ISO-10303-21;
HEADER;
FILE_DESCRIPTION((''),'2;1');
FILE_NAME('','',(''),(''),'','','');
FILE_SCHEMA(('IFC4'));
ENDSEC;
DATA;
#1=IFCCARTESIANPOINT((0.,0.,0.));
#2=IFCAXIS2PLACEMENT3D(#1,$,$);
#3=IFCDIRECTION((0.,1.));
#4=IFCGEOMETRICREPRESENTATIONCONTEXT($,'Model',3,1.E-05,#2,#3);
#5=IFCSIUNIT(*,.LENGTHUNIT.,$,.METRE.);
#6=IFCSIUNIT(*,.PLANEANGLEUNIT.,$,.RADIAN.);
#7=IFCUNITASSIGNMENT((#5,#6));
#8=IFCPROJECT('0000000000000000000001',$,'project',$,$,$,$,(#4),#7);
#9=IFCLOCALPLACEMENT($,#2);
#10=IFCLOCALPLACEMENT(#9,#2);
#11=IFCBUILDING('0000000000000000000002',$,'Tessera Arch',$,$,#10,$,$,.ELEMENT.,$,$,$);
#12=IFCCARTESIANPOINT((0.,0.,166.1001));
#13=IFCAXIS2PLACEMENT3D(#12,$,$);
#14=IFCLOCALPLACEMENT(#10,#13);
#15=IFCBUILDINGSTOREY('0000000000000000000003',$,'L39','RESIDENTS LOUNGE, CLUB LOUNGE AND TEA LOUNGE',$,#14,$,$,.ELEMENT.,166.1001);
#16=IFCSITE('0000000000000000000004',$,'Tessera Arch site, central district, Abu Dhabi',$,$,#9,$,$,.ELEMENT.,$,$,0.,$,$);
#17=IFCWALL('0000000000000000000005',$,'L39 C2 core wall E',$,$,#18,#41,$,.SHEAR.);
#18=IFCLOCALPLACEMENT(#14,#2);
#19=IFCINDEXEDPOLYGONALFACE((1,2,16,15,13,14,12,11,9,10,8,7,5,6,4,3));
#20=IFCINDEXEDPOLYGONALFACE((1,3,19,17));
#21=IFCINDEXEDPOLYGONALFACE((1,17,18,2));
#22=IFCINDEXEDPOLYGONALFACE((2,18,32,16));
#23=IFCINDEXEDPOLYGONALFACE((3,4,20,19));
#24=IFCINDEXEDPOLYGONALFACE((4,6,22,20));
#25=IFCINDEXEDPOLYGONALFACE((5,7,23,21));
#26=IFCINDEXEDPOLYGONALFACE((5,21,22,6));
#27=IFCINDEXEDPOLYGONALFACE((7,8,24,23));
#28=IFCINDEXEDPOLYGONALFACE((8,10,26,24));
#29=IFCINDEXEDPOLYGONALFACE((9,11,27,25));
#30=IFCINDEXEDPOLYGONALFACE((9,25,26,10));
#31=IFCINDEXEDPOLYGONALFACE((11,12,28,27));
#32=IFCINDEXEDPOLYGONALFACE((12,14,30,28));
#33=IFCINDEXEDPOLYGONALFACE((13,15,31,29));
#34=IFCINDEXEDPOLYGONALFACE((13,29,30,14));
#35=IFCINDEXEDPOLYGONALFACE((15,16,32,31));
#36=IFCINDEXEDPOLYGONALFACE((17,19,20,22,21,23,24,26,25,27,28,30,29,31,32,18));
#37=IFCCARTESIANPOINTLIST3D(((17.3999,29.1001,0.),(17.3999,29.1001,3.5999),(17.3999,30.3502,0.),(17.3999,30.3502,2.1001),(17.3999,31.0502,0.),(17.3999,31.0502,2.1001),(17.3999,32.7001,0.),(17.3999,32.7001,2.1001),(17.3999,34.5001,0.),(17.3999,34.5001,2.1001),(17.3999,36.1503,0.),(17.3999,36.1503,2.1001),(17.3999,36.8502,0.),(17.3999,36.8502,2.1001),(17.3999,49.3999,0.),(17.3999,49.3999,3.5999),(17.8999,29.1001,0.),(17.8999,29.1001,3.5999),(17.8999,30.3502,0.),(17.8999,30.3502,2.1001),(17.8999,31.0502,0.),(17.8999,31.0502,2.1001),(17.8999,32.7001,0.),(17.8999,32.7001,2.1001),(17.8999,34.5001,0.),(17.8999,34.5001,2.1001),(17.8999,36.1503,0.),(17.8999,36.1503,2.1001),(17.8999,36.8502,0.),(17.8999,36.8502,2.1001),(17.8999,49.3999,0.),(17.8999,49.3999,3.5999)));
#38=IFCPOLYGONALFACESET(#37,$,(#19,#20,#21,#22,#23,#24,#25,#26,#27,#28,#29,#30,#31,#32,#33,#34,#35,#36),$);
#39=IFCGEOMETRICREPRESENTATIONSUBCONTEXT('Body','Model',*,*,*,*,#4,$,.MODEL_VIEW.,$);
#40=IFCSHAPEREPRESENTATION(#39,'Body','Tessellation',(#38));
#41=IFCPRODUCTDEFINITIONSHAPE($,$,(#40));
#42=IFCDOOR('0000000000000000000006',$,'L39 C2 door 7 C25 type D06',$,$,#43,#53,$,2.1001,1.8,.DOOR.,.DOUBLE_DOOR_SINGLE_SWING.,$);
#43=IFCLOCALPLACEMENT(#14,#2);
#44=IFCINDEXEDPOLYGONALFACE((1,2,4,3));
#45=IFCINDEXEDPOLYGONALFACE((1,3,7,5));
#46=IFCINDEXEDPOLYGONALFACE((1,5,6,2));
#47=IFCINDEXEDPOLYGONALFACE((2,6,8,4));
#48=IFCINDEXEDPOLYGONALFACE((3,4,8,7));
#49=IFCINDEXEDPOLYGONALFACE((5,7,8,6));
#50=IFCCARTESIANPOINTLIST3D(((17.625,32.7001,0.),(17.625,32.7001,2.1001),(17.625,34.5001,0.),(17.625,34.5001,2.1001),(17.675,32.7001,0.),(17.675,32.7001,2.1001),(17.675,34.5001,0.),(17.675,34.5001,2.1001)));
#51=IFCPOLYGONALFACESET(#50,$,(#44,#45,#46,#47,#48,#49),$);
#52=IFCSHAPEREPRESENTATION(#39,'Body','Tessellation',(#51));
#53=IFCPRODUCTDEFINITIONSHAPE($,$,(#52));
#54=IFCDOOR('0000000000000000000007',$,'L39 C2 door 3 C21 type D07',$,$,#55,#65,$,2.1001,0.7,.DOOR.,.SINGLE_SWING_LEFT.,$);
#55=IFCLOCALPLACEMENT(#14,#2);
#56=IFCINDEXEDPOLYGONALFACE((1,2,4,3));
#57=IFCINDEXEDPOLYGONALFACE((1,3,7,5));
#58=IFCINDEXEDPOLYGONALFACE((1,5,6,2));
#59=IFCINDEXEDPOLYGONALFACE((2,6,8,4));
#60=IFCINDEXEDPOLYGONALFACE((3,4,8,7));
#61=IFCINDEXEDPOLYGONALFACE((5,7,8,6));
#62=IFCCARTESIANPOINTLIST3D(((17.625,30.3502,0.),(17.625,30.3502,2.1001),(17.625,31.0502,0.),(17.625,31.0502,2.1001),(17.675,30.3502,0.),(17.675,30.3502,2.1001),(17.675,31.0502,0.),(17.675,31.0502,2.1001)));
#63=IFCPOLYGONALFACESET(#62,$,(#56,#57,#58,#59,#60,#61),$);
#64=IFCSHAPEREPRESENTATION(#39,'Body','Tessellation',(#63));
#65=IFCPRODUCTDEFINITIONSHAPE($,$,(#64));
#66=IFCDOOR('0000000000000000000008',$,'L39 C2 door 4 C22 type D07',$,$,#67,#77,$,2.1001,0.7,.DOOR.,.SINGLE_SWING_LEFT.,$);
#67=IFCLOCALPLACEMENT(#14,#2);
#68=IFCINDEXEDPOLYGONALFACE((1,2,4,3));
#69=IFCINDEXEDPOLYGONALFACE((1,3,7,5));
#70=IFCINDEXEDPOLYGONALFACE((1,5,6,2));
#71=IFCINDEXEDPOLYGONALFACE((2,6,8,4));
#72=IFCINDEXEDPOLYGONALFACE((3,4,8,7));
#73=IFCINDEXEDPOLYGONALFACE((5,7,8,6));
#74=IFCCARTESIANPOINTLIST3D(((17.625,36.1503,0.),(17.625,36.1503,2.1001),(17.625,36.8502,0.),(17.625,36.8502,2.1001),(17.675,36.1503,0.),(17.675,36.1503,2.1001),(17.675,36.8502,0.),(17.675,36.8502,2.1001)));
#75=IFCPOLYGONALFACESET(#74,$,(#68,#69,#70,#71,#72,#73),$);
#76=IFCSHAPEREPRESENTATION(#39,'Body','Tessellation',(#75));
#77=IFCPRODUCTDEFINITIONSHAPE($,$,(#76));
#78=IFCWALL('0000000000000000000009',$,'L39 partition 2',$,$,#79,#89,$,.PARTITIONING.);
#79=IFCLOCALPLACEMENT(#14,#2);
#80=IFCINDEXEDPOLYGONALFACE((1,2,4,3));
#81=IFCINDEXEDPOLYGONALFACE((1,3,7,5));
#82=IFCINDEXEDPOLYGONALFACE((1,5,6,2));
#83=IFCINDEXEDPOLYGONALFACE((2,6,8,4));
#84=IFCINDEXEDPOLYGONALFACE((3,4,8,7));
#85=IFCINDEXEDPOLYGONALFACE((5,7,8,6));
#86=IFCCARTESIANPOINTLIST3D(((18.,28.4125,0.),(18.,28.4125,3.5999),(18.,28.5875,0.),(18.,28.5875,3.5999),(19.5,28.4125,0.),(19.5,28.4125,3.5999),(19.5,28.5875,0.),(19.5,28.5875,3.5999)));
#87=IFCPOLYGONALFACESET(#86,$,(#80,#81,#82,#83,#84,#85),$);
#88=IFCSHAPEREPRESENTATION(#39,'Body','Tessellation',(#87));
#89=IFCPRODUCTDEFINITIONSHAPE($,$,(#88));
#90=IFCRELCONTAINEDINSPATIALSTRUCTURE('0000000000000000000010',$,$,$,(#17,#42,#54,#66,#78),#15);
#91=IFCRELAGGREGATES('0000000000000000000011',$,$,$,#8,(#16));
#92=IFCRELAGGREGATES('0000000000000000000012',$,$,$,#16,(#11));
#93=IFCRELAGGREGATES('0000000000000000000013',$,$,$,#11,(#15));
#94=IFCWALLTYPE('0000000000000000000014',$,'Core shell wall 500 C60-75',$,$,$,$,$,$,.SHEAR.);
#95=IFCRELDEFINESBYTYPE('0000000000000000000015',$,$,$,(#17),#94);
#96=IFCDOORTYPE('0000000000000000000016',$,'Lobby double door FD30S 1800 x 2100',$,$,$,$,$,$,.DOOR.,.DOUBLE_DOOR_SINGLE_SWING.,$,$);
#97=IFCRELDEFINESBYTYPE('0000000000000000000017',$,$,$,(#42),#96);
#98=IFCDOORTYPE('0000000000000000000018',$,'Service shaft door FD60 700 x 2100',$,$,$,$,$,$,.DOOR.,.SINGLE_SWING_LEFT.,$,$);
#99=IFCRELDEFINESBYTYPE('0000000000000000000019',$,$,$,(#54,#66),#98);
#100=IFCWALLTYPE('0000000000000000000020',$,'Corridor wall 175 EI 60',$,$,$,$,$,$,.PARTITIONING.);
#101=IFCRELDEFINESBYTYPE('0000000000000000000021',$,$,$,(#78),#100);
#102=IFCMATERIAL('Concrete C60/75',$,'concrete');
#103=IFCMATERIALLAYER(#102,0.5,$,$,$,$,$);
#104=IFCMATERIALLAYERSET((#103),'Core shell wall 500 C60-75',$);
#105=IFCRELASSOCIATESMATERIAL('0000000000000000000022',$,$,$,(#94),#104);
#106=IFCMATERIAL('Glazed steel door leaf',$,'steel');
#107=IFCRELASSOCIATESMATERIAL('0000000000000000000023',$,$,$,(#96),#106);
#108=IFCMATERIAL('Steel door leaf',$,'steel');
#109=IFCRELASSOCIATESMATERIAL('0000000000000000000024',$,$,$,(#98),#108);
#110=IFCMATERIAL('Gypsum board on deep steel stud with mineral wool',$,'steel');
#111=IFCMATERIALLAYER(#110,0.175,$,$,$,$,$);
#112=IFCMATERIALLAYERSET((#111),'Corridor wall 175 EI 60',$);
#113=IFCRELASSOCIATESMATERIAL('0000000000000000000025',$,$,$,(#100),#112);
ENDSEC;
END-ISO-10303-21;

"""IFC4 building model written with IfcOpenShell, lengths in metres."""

from ifc_helpers import new_model, si_unit, direction, frame, frame_2d, origin, place, context, subcontext, project, spatial, rectangle, extrude, material, layer, layer_set, type_object, element, fill, save


model = new_model("IFC4")

# Units and contexts
model_context = context("Model", 3, precision=1e-05, world=origin(), true_north=direction((0.0, 1.0)))
body_context = subcontext(model_context, "Body", "Model", "MODEL_VIEW")
ifc_project = project(units=[si_unit("LENGTHUNIT", "METRE"), si_unit("PLANEANGLEUNIT", "RADIAN")], contexts=[model_context])

# Site, building, storey
site_placement = place(None, origin())
site = spatial("IfcSite", under=ifc_project, at=site_placement, Name="Tessera Arch site, central district, Abu Dhabi", CompositionType="ELEMENT", RefElevation=0.0)
building_placement = place(site_placement, origin())
building = spatial("IfcBuilding", under=site, at=building_placement, Name="Tessera Arch", CompositionType="ELEMENT")
storey_placement = place(building_placement, frame((0.0, 0.0, 166.1001)))
storey = spatial("IfcBuildingStorey", under=building, at=storey_placement, Name="L39", Description="RESIDENTS LOUNGE, CLUB LOUNGE AND TEA LOUNGE", CompositionType="ELEMENT", Elevation=166.1001)

# Wall, openings, doors
ifc_material_1 = material(Name="Concrete C60/75", Category="concrete")
ifc_layer_1 = layer(ifc_material_1, 0.5)
ifc_layer_set_1 = layer_set([ifc_layer_1], Name="Core shell wall 500 C60-75")
wall_type_1 = type_object("IfcWallType", Name="Core shell wall 500 C60-75", PredefinedType="SHEAR", material=ifc_layer_set_1)
wall_1_placement = place(storey_placement, frame((17.6499, 29.1001, 0.0), z_axis=(0.0, 0.0, 1.0), x_axis=(0.0, 1.0, 0.0)))
wall_1 = element("IfcWall", 1, at=wall_1_placement, inside=storey, type_object=wall_type_1, Name="L39 C2 core wall E", PredefinedType="SHEAR", context=body_context, shape_type="SweptSolid", body=[
    extrude(rectangle(XDim=20.2998, YDim=0.5, at=frame_2d((10.1499, 0.0))), origin(), (0.0, 0.0, 1.0), 3.5999),
])
opening_1_placement = place(wall_1_placement, frame((1.25, 0.0, 0.0)))
opening_1 = element("IfcOpeningElement", 2, at=opening_1_placement, cuts=wall_1, PredefinedType="OPENING", context=body_context, shape_type="SweptSolid", body=[
    extrude(rectangle(XDim=0.7, YDim=2.1001, at=frame_2d((0.3501, 1.05))), frame((0.0, 0.26, 0.0), z_axis=(0.0, -1.0, 0.0), x_axis=(1.0, 0.0, 0.0)), (0.0, 0.0, 1.0), 0.52),
])
opening_2_placement = place(wall_1_placement, frame((7.05, 0.0, 0.0)))
opening_2 = element("IfcOpeningElement", 3, at=opening_2_placement, cuts=wall_1, PredefinedType="OPENING", context=body_context, shape_type="SweptSolid", body=[
    extrude(rectangle(XDim=0.7, YDim=2.1001, at=frame_2d((0.3501, 1.05))), frame((0.0, 0.26, 0.0), z_axis=(0.0, -1.0, 0.0), x_axis=(1.0, 0.0, 0.0)), (0.0, 0.0, 1.0), 0.52),
])
opening_3_placement = place(wall_1_placement, frame((3.6001, 0.0, 0.0)))
opening_3 = element("IfcOpeningElement", 4, at=opening_3_placement, cuts=wall_1, PredefinedType="OPENING", context=body_context, shape_type="SweptSolid", body=[
    extrude(rectangle(XDim=1.8, YDim=2.1001, at=frame_2d((0.8999, 1.05))), frame((0.0, 0.26, 0.0), z_axis=(0.0, -1.0, 0.0), x_axis=(1.0, 0.0, 0.0)), (0.0, 0.0, 1.0), 0.52),
])
ifc_material_2 = material(Name="Glazed steel door leaf", Category="steel")
door_type_1 = type_object("IfcDoorType", Name="Lobby double door FD30S 1800 x 2100", OperationType="DOUBLE_DOOR_SINGLE_SWING", PredefinedType="DOOR", material=ifc_material_2)
door_1_placement = place(opening_3_placement, origin())
door_1 = element("IfcDoor", 5, at=door_1_placement, inside=storey, type_object=door_type_1, Name="L39 C2 door 7 C25 type D06", OperationType="DOUBLE_DOOR_SINGLE_SWING", OverallHeight=2.1001, OverallWidth=1.8, PredefinedType="DOOR", context=body_context, shape_type="SweptSolid", body=[
    extrude(rectangle(XDim=1.8, YDim=2.1001, at=frame_2d((0.8999, 1.05))), frame((0.0, 0.0249, 0.0), z_axis=(0.0, -1.0, 0.0), x_axis=(1.0, 0.0, 0.0)), (0.0, 0.0, 1.0), 0.05),
])
fill(opening_3, door_1)
ifc_material_3 = material(Name="Steel door leaf", Category="steel")
door_type_2 = type_object("IfcDoorType", Name="Service shaft door FD60 700 x 2100", OperationType="SINGLE_SWING_LEFT", PredefinedType="DOOR", material=ifc_material_3)
door_2_placement = place(opening_1_placement, origin())
door_2 = element("IfcDoor", 6, at=door_2_placement, inside=storey, type_object=door_type_2, Name="L39 C2 door 3 C21 type D07", OperationType="SINGLE_SWING_LEFT", OverallHeight=2.1001, OverallWidth=0.7, PredefinedType="DOOR", context=body_context, shape_type="SweptSolid", body=[
    extrude(rectangle(XDim=0.7, YDim=2.1001, at=frame_2d((0.3501, 1.05))), frame((0.0, 0.0249, 0.0), z_axis=(0.0, -1.0, 0.0), x_axis=(1.0, 0.0, 0.0)), (0.0, 0.0, 1.0), 0.05),
])
fill(opening_1, door_2)
door_3_placement = place(opening_2_placement, origin())
door_3 = element("IfcDoor", 7, at=door_3_placement, inside=storey, type_object=door_type_2, Name="L39 C2 door 4 C22 type D07", OperationType="SINGLE_SWING_LEFT", OverallHeight=2.1001, OverallWidth=0.7, PredefinedType="DOOR", context=body_context, shape_type="SweptSolid", body=[
    extrude(rectangle(XDim=0.7, YDim=2.1001, at=frame_2d((0.3501, 1.05))), frame((0.0, 0.0249, 0.0), z_axis=(0.0, -1.0, 0.0), x_axis=(1.0, 0.0, 0.0)), (0.0, 0.0, 1.0), 0.05),
])
fill(opening_2, door_3)

# Wall
ifc_material_4 = material(Name="Gypsum board on deep steel stud with mineral wool", Category="steel")
ifc_layer_2 = layer(ifc_material_4, 0.175)
ifc_layer_set_2 = layer_set([ifc_layer_2], Name="Corridor wall 175 EI 60")
wall_type_2 = type_object("IfcWallType", Name="Corridor wall 175 EI 60", PredefinedType="PARTITIONING", material=ifc_layer_set_2)
wall_2_placement = place(storey_placement, frame((18.0, 28.5, 0.0), z_axis=(0.0, 0.0, 1.0), x_axis=(1.0, 0.0, 0.0)))
element("IfcWall", 8, at=wall_2_placement, inside=storey, type_object=wall_type_2, Name="L39 partition 2", PredefinedType="PARTITIONING", context=body_context, shape_type="SweptSolid", body=[
    extrude(rectangle(XDim=1.5, YDim=0.175, at=frame_2d((0.75, 0.0))), origin(), (0.0, 0.0, 1.0), 3.5999),
])

save(model, "model.ifc")
